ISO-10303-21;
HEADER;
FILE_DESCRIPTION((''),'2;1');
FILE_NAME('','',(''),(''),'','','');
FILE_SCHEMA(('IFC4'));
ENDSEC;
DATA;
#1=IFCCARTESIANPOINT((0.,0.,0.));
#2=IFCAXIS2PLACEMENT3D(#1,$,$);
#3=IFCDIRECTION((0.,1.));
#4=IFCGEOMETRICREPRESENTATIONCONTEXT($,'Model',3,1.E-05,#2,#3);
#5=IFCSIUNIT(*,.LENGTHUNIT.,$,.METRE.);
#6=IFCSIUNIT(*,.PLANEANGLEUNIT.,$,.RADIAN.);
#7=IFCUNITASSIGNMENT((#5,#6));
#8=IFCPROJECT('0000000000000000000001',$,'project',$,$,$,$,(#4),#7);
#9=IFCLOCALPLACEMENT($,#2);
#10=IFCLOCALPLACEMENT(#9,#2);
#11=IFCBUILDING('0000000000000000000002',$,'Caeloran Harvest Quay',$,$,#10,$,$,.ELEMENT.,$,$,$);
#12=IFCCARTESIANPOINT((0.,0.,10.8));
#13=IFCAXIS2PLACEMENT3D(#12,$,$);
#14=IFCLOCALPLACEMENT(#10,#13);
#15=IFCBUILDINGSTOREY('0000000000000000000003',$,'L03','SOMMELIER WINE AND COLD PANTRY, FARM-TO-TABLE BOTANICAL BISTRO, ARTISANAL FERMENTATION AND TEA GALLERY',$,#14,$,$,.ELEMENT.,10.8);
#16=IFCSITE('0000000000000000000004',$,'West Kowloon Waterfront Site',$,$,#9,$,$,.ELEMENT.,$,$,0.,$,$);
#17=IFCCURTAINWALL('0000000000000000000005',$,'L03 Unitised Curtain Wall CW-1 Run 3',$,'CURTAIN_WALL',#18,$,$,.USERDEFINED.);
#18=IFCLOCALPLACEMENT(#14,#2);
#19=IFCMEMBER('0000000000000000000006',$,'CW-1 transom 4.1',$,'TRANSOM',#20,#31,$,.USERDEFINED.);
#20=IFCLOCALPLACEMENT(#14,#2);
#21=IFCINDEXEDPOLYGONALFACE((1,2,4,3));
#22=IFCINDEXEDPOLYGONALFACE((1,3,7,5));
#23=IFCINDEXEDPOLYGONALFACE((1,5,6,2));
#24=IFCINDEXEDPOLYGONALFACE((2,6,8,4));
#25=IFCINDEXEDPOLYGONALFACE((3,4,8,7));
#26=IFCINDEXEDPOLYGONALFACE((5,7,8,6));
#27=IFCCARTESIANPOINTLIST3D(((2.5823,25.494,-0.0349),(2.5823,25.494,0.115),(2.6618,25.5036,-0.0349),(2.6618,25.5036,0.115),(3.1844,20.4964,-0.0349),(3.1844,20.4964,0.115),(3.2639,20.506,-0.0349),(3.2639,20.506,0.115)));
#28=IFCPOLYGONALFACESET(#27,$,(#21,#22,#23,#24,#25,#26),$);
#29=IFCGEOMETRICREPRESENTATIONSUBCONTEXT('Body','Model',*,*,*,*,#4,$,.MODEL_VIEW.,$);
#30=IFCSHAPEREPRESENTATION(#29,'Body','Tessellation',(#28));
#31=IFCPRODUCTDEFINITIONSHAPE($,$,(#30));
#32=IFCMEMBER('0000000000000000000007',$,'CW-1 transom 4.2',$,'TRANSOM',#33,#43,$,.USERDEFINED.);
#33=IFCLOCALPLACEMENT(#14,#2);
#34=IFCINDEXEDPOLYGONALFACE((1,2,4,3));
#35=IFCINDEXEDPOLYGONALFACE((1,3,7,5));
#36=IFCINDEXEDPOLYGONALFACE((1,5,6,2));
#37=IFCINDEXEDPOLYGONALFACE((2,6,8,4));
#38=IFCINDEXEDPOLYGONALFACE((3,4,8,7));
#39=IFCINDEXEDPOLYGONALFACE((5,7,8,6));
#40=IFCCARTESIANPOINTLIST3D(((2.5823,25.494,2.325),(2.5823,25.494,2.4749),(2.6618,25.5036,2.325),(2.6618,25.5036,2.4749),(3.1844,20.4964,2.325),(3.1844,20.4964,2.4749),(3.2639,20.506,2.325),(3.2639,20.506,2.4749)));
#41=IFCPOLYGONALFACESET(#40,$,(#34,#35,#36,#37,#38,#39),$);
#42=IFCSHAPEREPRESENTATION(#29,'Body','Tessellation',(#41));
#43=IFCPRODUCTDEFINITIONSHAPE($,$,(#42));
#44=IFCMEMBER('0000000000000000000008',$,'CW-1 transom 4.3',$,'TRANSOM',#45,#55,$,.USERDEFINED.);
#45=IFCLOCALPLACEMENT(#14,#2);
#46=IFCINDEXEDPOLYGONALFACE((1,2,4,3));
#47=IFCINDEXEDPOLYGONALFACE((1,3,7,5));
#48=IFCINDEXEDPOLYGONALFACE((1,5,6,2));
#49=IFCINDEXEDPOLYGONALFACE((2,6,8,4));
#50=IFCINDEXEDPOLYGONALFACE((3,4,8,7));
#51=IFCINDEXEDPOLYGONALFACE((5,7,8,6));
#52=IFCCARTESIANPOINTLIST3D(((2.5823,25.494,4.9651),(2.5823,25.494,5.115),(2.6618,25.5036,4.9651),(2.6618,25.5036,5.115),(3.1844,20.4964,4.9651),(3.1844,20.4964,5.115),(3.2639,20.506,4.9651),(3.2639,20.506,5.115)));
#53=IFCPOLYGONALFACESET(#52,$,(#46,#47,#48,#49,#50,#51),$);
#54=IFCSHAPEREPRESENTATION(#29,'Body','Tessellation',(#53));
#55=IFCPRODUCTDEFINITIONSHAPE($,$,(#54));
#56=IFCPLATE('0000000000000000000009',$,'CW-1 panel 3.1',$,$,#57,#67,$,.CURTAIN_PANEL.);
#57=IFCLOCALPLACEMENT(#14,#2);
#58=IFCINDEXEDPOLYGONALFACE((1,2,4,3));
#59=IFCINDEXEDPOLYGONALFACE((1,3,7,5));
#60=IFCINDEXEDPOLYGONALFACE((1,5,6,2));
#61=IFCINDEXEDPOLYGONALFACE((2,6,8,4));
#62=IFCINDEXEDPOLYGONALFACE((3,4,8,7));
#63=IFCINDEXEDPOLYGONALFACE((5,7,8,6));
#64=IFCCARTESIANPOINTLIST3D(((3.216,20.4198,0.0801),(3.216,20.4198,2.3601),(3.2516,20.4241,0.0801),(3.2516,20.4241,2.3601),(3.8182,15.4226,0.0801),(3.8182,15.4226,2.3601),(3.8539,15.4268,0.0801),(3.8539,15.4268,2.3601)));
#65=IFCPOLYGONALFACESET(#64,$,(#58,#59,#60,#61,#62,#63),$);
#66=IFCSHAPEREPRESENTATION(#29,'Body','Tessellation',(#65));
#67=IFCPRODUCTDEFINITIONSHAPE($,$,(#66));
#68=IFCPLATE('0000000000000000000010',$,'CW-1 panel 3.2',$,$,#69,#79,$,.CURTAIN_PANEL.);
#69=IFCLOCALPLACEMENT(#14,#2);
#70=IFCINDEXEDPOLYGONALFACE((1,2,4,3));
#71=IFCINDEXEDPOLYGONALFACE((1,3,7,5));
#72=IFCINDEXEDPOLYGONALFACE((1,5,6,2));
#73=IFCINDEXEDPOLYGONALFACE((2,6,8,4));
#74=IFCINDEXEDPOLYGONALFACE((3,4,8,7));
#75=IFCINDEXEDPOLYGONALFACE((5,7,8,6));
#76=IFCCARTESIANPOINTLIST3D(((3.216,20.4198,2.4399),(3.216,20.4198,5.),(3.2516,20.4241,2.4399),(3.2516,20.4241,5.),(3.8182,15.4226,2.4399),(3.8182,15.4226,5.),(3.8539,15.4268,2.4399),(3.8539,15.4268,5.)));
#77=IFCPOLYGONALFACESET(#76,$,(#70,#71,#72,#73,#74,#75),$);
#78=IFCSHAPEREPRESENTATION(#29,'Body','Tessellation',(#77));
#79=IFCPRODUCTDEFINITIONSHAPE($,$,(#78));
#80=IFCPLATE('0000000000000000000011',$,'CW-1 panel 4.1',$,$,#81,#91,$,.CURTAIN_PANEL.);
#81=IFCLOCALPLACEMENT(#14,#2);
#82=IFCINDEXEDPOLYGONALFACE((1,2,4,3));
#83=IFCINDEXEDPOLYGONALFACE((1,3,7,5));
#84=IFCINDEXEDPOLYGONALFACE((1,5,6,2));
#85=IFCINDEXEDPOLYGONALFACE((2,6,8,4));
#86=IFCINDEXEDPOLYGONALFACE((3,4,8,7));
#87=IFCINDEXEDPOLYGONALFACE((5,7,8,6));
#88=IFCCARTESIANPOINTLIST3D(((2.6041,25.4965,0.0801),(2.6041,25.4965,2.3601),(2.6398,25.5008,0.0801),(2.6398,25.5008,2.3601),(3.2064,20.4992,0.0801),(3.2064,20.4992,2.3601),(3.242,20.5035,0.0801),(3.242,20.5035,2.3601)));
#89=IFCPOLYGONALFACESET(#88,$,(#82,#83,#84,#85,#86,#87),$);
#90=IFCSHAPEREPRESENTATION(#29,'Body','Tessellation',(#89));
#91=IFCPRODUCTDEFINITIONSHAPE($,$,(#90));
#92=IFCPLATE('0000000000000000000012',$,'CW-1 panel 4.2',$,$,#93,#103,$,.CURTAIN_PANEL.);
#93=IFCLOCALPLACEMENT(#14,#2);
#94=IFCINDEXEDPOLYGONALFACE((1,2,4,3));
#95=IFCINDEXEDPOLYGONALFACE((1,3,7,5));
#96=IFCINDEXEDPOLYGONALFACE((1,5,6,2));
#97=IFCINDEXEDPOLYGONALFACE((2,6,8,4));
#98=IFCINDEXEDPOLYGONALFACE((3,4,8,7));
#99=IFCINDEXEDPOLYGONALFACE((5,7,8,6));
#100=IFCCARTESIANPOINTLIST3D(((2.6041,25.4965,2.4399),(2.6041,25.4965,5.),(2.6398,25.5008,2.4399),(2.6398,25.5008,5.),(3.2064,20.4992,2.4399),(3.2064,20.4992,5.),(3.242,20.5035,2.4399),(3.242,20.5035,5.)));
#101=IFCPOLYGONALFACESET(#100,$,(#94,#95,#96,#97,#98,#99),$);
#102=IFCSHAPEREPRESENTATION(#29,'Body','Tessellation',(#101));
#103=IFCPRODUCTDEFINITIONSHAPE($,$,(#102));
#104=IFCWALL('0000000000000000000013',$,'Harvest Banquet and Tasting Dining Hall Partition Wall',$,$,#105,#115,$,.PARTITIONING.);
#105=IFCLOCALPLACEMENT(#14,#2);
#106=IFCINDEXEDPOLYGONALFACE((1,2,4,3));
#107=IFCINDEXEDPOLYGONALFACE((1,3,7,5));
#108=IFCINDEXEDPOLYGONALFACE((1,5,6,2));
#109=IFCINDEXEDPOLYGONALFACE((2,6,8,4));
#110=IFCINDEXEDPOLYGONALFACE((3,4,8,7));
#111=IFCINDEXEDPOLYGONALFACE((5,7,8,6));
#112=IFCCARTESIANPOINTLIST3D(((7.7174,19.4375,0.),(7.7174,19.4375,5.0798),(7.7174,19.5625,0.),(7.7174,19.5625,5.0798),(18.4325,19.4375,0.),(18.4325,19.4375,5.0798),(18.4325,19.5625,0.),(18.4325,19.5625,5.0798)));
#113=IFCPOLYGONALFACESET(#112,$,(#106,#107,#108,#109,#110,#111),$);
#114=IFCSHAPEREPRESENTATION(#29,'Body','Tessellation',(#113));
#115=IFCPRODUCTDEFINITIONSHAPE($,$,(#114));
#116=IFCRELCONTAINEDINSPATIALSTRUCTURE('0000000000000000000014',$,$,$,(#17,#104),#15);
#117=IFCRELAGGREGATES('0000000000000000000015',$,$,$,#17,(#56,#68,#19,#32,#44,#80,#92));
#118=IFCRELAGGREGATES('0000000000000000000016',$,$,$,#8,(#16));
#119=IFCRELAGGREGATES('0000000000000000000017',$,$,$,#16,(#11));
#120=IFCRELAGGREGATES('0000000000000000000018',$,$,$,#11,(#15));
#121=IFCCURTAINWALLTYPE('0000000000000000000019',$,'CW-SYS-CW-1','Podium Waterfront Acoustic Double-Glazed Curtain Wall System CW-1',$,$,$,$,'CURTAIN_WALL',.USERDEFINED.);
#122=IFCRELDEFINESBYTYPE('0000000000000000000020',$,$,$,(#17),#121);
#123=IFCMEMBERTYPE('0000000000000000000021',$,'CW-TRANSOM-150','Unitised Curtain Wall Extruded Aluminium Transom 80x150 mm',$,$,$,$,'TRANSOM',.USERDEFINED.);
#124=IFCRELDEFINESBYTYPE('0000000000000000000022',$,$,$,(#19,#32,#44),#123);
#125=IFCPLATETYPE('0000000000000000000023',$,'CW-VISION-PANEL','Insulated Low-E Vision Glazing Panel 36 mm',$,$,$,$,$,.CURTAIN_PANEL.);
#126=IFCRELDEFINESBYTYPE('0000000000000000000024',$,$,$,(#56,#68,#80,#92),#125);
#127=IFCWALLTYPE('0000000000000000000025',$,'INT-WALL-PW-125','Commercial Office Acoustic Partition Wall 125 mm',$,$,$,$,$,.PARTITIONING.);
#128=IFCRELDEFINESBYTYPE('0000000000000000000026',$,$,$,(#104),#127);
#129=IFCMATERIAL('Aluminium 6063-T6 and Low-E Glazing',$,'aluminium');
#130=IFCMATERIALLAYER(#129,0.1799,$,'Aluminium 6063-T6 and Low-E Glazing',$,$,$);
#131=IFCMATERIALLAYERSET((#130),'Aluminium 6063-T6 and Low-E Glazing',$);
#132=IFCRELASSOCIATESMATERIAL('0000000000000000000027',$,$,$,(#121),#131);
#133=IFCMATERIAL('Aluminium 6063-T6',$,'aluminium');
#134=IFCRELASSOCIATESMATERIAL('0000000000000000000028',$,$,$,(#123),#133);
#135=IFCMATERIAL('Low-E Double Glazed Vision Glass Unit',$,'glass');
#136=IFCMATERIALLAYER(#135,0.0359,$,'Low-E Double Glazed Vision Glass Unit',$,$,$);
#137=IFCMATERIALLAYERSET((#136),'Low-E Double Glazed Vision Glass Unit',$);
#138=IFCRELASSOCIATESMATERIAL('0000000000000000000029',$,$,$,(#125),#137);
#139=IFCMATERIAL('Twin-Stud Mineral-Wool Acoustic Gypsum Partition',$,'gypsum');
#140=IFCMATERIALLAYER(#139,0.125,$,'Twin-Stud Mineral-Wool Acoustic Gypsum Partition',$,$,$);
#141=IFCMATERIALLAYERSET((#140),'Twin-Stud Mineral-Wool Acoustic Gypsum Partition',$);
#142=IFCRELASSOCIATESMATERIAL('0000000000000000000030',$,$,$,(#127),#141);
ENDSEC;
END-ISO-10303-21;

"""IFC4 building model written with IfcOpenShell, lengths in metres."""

from ifc_helpers import new_model, si_unit, direction, frame, frame_2d, origin, origin_2d, place, context, subcontext, project, spatial, rectangle, extrude, material, layer, layer_set, material_profile, profile_set, type_object, element, aggregate, save


model = new_model("IFC4")

# Units and contexts
model_context = context("Model", 3, precision=1e-05, world=origin(), true_north=direction((0.0, 1.0)))
body_context = subcontext(model_context, "Body", "Model", "MODEL_VIEW")
ifc_project = project(units=[si_unit("LENGTHUNIT", "METRE"), si_unit("PLANEANGLEUNIT", "RADIAN")], contexts=[model_context])

# Site, building, storey
site_placement = place(None, origin())
site = spatial("IfcSite", under=ifc_project, at=site_placement, Name="West Kowloon Waterfront Site", CompositionType="ELEMENT", RefElevation=0.0)
building_placement = place(site_placement, origin())
building = spatial("IfcBuilding", under=site, at=building_placement, Name="Caeloran Harvest Quay", CompositionType="ELEMENT")
storey_placement = place(building_placement, frame((0.0, 0.0, 10.8)))
storey = spatial("IfcBuildingStorey", under=building, at=storey_placement, Name="L03", Description="SOMMELIER WINE AND COLD PANTRY, FARM-TO-TABLE BOTANICAL BISTRO, ARTISANAL FERMENTATION AND TEA GALLERY", CompositionType="ELEMENT", Elevation=10.8)

# Curtain wall, members, plates
ifc_material_1 = material(Name="Aluminium 6063-T6 and Low-E Glazing", Category="aluminium")
ifc_layer_1 = layer(ifc_material_1, 0.1799, Name="Aluminium 6063-T6 and Low-E Glazing")
ifc_layer_set_1 = layer_set([ifc_layer_1], Name="Aluminium 6063-T6 and Low-E Glazing")
curtain_wall_type = type_object("IfcCurtainWallType", Name="CW-SYS-CW-1", Description="Podium Waterfront Acoustic Double-Glazed Curtain Wall System CW-1", ElementType="CURTAIN_WALL", PredefinedType="USERDEFINED", material=ifc_layer_set_1)
curtain_wall_placement = place(storey_placement, origin())
curtain_wall = element("IfcCurtainWall", 1, at=curtain_wall_placement, inside=storey, type_object=curtain_wall_type, Name="L03 Unitised Curtain Wall CW-1 Run 3", ObjectType="CURTAIN_WALL", PredefinedType="USERDEFINED")
ifc_material_2 = material(Name="Aluminium 6063-T6", Category="aluminium")
ifc_material_profile_1 = material_profile(ifc_material_2, rectangle(XDim=0.0801, YDim=0.1499, at=origin_2d()), Name="CW-TRANSOM-150")
ifc_profile_set_1 = profile_set([ifc_material_profile_1], Name="Aluminium 6063-T6")
member_type_1 = type_object("IfcMemberType", Name="CW-TRANSOM-150", Description="Unitised Curtain Wall Extruded Aluminium Transom 80x150 mm", ElementType="TRANSOM", PredefinedType="USERDEFINED", material=ifc_profile_set_1)
member_1_placement = place(storey_placement, frame((3.2241, 20.5012, 0.04), z_axis=(-0.119604, 0.992822, 0.0), x_axis=(-0.992822, -0.119604, 0.0)))
member_1 = element("IfcMember", 2, at=member_1_placement, type_object=member_type_1, Name="CW-1 transom 4.1", ObjectType="TRANSOM", PredefinedType="USERDEFINED", context=body_context, shape_type="SweptSolid", body=[
    extrude(rectangle(XDim=0.0801, YDim=0.1499, at=origin_2d()), origin(), (0.0, 0.0, 1.0), 5.0337),
])
member_2_placement = place(storey_placement, frame((3.2241, 20.5012, 2.3999), z_axis=(-0.119604, 0.992822, 0.0), x_axis=(-0.992822, -0.119604, 0.0)))
member_2 = element("IfcMember", 3, at=member_2_placement, type_object=member_type_1, Name="CW-1 transom 4.2", ObjectType="TRANSOM", PredefinedType="USERDEFINED", context=body_context, shape_type="SweptSolid", body=[
    extrude(rectangle(XDim=0.0801, YDim=0.1499, at=origin_2d()), origin(), (0.0, 0.0, 1.0), 5.0337),
])
member_3_placement = place(storey_placement, frame((3.2241, 20.5012, 5.04), z_axis=(-0.119604, 0.992822, 0.0), x_axis=(-0.992822, -0.119604, 0.0)))
member_3 = element("IfcMember", 4, at=member_3_placement, type_object=member_type_1, Name="CW-1 transom 4.3", ObjectType="TRANSOM", PredefinedType="USERDEFINED", context=body_context, shape_type="SweptSolid", body=[
    extrude(rectangle(XDim=0.0801, YDim=0.1499, at=origin_2d()), origin(), (0.0, 0.0, 1.0), 5.0337),
])
ifc_material_3 = material(Name="Low-E Double Glazed Vision Glass Unit", Category="glass")
ifc_layer_2 = layer(ifc_material_3, 0.0359, Name="Low-E Double Glazed Vision Glass Unit")
ifc_layer_set_2 = layer_set([ifc_layer_2], Name="Low-E Double Glazed Vision Glass Unit")
plate_type = type_object("IfcPlateType", Name="CW-VISION-PANEL", Description="Insulated Low-E Vision Glazing Panel 36 mm", PredefinedType="CURTAIN_PANEL", material=ifc_layer_set_2)
plate_1_placement = place(storey_placement, frame((3.5349, 17.9233, 0.0801), z_axis=(0.0, 0.0, 1.0), x_axis=(-0.119655, 0.992816, 0.0)))
plate_1 = element("IfcPlate", 5, at=plate_1_placement, type_object=plate_type, Name="CW-1 panel 3.1", PredefinedType="CURTAIN_PANEL", context=body_context, shape_type="SweptSolid", body=[
    extrude(rectangle(XDim=5.0334, YDim=0.0359, at=origin_2d()), origin(), (0.0, 0.0, 1.0), 2.28),
])
plate_2_placement = place(storey_placement, frame((3.5349, 17.9233, 2.4399), z_axis=(0.0, 0.0, 1.0), x_axis=(-0.119655, 0.992816, 0.0)))
plate_2 = element("IfcPlate", 6, at=plate_2_placement, type_object=plate_type, Name="CW-1 panel 3.2", PredefinedType="CURTAIN_PANEL", context=body_context, shape_type="SweptSolid", body=[
    extrude(rectangle(XDim=5.0334, YDim=0.0359, at=origin_2d()), origin(), (0.0, 0.0, 1.0), 2.5601),
])
plate_3_placement = place(storey_placement, frame((2.9231, 23.0, 0.0801), z_axis=(0.0, 0.0, 1.0), x_axis=(-0.119655, 0.992816, 0.0)))
plate_3 = element("IfcPlate", 7, at=plate_3_placement, type_object=plate_type, Name="CW-1 panel 4.1", PredefinedType="CURTAIN_PANEL", context=body_context, shape_type="SweptSolid", body=[
    extrude(rectangle(XDim=5.0334, YDim=0.0359, at=origin_2d()), origin(), (0.0, 0.0, 1.0), 2.28),
])
plate_4_placement = place(storey_placement, frame((2.9231, 23.0, 2.4399), z_axis=(0.0, 0.0, 1.0), x_axis=(-0.119655, 0.992816, 0.0)))
plate_4 = element("IfcPlate", 8, at=plate_4_placement, type_object=plate_type, Name="CW-1 panel 4.2", PredefinedType="CURTAIN_PANEL", context=body_context, shape_type="SweptSolid", body=[
    extrude(rectangle(XDim=5.0334, YDim=0.0359, at=origin_2d()), origin(), (0.0, 0.0, 1.0), 2.5601),
])
aggregate(curtain_wall, [plate_1, plate_2, member_1, member_2, member_3, plate_3, plate_4])

# Wall
ifc_material_4 = material(Name="Twin-Stud Mineral-Wool Acoustic Gypsum Partition", Category="gypsum")
ifc_layer_3 = layer(ifc_material_4, 0.125, Name="Twin-Stud Mineral-Wool Acoustic Gypsum Partition")
ifc_layer_set_3 = layer_set([ifc_layer_3], Name="Twin-Stud Mineral-Wool Acoustic Gypsum Partition")
wall_type = type_object("IfcWallType", Name="INT-WALL-PW-125", Description="Commercial Office Acoustic Partition Wall 125 mm", PredefinedType="PARTITIONING", material=ifc_layer_set_3)
wall_placement = place(storey_placement, frame((7.7175, 19.5, 0.0), z_axis=(0.0, 0.0, 1.0), x_axis=(1.0, 0.0, 0.0)))
element("IfcWall", 9, at=wall_placement, inside=storey, type_object=wall_type, Name="Harvest Banquet and Tasting Dining Hall Partition Wall", PredefinedType="PARTITIONING", context=body_context, shape_type="SweptSolid", body=[
    extrude(rectangle(XDim=10.7151, YDim=0.125, at=frame_2d((5.3574, 0.0))), origin(), (0.0, 0.0, 1.0), 5.0798),
])

save(model, "model.ifc")
